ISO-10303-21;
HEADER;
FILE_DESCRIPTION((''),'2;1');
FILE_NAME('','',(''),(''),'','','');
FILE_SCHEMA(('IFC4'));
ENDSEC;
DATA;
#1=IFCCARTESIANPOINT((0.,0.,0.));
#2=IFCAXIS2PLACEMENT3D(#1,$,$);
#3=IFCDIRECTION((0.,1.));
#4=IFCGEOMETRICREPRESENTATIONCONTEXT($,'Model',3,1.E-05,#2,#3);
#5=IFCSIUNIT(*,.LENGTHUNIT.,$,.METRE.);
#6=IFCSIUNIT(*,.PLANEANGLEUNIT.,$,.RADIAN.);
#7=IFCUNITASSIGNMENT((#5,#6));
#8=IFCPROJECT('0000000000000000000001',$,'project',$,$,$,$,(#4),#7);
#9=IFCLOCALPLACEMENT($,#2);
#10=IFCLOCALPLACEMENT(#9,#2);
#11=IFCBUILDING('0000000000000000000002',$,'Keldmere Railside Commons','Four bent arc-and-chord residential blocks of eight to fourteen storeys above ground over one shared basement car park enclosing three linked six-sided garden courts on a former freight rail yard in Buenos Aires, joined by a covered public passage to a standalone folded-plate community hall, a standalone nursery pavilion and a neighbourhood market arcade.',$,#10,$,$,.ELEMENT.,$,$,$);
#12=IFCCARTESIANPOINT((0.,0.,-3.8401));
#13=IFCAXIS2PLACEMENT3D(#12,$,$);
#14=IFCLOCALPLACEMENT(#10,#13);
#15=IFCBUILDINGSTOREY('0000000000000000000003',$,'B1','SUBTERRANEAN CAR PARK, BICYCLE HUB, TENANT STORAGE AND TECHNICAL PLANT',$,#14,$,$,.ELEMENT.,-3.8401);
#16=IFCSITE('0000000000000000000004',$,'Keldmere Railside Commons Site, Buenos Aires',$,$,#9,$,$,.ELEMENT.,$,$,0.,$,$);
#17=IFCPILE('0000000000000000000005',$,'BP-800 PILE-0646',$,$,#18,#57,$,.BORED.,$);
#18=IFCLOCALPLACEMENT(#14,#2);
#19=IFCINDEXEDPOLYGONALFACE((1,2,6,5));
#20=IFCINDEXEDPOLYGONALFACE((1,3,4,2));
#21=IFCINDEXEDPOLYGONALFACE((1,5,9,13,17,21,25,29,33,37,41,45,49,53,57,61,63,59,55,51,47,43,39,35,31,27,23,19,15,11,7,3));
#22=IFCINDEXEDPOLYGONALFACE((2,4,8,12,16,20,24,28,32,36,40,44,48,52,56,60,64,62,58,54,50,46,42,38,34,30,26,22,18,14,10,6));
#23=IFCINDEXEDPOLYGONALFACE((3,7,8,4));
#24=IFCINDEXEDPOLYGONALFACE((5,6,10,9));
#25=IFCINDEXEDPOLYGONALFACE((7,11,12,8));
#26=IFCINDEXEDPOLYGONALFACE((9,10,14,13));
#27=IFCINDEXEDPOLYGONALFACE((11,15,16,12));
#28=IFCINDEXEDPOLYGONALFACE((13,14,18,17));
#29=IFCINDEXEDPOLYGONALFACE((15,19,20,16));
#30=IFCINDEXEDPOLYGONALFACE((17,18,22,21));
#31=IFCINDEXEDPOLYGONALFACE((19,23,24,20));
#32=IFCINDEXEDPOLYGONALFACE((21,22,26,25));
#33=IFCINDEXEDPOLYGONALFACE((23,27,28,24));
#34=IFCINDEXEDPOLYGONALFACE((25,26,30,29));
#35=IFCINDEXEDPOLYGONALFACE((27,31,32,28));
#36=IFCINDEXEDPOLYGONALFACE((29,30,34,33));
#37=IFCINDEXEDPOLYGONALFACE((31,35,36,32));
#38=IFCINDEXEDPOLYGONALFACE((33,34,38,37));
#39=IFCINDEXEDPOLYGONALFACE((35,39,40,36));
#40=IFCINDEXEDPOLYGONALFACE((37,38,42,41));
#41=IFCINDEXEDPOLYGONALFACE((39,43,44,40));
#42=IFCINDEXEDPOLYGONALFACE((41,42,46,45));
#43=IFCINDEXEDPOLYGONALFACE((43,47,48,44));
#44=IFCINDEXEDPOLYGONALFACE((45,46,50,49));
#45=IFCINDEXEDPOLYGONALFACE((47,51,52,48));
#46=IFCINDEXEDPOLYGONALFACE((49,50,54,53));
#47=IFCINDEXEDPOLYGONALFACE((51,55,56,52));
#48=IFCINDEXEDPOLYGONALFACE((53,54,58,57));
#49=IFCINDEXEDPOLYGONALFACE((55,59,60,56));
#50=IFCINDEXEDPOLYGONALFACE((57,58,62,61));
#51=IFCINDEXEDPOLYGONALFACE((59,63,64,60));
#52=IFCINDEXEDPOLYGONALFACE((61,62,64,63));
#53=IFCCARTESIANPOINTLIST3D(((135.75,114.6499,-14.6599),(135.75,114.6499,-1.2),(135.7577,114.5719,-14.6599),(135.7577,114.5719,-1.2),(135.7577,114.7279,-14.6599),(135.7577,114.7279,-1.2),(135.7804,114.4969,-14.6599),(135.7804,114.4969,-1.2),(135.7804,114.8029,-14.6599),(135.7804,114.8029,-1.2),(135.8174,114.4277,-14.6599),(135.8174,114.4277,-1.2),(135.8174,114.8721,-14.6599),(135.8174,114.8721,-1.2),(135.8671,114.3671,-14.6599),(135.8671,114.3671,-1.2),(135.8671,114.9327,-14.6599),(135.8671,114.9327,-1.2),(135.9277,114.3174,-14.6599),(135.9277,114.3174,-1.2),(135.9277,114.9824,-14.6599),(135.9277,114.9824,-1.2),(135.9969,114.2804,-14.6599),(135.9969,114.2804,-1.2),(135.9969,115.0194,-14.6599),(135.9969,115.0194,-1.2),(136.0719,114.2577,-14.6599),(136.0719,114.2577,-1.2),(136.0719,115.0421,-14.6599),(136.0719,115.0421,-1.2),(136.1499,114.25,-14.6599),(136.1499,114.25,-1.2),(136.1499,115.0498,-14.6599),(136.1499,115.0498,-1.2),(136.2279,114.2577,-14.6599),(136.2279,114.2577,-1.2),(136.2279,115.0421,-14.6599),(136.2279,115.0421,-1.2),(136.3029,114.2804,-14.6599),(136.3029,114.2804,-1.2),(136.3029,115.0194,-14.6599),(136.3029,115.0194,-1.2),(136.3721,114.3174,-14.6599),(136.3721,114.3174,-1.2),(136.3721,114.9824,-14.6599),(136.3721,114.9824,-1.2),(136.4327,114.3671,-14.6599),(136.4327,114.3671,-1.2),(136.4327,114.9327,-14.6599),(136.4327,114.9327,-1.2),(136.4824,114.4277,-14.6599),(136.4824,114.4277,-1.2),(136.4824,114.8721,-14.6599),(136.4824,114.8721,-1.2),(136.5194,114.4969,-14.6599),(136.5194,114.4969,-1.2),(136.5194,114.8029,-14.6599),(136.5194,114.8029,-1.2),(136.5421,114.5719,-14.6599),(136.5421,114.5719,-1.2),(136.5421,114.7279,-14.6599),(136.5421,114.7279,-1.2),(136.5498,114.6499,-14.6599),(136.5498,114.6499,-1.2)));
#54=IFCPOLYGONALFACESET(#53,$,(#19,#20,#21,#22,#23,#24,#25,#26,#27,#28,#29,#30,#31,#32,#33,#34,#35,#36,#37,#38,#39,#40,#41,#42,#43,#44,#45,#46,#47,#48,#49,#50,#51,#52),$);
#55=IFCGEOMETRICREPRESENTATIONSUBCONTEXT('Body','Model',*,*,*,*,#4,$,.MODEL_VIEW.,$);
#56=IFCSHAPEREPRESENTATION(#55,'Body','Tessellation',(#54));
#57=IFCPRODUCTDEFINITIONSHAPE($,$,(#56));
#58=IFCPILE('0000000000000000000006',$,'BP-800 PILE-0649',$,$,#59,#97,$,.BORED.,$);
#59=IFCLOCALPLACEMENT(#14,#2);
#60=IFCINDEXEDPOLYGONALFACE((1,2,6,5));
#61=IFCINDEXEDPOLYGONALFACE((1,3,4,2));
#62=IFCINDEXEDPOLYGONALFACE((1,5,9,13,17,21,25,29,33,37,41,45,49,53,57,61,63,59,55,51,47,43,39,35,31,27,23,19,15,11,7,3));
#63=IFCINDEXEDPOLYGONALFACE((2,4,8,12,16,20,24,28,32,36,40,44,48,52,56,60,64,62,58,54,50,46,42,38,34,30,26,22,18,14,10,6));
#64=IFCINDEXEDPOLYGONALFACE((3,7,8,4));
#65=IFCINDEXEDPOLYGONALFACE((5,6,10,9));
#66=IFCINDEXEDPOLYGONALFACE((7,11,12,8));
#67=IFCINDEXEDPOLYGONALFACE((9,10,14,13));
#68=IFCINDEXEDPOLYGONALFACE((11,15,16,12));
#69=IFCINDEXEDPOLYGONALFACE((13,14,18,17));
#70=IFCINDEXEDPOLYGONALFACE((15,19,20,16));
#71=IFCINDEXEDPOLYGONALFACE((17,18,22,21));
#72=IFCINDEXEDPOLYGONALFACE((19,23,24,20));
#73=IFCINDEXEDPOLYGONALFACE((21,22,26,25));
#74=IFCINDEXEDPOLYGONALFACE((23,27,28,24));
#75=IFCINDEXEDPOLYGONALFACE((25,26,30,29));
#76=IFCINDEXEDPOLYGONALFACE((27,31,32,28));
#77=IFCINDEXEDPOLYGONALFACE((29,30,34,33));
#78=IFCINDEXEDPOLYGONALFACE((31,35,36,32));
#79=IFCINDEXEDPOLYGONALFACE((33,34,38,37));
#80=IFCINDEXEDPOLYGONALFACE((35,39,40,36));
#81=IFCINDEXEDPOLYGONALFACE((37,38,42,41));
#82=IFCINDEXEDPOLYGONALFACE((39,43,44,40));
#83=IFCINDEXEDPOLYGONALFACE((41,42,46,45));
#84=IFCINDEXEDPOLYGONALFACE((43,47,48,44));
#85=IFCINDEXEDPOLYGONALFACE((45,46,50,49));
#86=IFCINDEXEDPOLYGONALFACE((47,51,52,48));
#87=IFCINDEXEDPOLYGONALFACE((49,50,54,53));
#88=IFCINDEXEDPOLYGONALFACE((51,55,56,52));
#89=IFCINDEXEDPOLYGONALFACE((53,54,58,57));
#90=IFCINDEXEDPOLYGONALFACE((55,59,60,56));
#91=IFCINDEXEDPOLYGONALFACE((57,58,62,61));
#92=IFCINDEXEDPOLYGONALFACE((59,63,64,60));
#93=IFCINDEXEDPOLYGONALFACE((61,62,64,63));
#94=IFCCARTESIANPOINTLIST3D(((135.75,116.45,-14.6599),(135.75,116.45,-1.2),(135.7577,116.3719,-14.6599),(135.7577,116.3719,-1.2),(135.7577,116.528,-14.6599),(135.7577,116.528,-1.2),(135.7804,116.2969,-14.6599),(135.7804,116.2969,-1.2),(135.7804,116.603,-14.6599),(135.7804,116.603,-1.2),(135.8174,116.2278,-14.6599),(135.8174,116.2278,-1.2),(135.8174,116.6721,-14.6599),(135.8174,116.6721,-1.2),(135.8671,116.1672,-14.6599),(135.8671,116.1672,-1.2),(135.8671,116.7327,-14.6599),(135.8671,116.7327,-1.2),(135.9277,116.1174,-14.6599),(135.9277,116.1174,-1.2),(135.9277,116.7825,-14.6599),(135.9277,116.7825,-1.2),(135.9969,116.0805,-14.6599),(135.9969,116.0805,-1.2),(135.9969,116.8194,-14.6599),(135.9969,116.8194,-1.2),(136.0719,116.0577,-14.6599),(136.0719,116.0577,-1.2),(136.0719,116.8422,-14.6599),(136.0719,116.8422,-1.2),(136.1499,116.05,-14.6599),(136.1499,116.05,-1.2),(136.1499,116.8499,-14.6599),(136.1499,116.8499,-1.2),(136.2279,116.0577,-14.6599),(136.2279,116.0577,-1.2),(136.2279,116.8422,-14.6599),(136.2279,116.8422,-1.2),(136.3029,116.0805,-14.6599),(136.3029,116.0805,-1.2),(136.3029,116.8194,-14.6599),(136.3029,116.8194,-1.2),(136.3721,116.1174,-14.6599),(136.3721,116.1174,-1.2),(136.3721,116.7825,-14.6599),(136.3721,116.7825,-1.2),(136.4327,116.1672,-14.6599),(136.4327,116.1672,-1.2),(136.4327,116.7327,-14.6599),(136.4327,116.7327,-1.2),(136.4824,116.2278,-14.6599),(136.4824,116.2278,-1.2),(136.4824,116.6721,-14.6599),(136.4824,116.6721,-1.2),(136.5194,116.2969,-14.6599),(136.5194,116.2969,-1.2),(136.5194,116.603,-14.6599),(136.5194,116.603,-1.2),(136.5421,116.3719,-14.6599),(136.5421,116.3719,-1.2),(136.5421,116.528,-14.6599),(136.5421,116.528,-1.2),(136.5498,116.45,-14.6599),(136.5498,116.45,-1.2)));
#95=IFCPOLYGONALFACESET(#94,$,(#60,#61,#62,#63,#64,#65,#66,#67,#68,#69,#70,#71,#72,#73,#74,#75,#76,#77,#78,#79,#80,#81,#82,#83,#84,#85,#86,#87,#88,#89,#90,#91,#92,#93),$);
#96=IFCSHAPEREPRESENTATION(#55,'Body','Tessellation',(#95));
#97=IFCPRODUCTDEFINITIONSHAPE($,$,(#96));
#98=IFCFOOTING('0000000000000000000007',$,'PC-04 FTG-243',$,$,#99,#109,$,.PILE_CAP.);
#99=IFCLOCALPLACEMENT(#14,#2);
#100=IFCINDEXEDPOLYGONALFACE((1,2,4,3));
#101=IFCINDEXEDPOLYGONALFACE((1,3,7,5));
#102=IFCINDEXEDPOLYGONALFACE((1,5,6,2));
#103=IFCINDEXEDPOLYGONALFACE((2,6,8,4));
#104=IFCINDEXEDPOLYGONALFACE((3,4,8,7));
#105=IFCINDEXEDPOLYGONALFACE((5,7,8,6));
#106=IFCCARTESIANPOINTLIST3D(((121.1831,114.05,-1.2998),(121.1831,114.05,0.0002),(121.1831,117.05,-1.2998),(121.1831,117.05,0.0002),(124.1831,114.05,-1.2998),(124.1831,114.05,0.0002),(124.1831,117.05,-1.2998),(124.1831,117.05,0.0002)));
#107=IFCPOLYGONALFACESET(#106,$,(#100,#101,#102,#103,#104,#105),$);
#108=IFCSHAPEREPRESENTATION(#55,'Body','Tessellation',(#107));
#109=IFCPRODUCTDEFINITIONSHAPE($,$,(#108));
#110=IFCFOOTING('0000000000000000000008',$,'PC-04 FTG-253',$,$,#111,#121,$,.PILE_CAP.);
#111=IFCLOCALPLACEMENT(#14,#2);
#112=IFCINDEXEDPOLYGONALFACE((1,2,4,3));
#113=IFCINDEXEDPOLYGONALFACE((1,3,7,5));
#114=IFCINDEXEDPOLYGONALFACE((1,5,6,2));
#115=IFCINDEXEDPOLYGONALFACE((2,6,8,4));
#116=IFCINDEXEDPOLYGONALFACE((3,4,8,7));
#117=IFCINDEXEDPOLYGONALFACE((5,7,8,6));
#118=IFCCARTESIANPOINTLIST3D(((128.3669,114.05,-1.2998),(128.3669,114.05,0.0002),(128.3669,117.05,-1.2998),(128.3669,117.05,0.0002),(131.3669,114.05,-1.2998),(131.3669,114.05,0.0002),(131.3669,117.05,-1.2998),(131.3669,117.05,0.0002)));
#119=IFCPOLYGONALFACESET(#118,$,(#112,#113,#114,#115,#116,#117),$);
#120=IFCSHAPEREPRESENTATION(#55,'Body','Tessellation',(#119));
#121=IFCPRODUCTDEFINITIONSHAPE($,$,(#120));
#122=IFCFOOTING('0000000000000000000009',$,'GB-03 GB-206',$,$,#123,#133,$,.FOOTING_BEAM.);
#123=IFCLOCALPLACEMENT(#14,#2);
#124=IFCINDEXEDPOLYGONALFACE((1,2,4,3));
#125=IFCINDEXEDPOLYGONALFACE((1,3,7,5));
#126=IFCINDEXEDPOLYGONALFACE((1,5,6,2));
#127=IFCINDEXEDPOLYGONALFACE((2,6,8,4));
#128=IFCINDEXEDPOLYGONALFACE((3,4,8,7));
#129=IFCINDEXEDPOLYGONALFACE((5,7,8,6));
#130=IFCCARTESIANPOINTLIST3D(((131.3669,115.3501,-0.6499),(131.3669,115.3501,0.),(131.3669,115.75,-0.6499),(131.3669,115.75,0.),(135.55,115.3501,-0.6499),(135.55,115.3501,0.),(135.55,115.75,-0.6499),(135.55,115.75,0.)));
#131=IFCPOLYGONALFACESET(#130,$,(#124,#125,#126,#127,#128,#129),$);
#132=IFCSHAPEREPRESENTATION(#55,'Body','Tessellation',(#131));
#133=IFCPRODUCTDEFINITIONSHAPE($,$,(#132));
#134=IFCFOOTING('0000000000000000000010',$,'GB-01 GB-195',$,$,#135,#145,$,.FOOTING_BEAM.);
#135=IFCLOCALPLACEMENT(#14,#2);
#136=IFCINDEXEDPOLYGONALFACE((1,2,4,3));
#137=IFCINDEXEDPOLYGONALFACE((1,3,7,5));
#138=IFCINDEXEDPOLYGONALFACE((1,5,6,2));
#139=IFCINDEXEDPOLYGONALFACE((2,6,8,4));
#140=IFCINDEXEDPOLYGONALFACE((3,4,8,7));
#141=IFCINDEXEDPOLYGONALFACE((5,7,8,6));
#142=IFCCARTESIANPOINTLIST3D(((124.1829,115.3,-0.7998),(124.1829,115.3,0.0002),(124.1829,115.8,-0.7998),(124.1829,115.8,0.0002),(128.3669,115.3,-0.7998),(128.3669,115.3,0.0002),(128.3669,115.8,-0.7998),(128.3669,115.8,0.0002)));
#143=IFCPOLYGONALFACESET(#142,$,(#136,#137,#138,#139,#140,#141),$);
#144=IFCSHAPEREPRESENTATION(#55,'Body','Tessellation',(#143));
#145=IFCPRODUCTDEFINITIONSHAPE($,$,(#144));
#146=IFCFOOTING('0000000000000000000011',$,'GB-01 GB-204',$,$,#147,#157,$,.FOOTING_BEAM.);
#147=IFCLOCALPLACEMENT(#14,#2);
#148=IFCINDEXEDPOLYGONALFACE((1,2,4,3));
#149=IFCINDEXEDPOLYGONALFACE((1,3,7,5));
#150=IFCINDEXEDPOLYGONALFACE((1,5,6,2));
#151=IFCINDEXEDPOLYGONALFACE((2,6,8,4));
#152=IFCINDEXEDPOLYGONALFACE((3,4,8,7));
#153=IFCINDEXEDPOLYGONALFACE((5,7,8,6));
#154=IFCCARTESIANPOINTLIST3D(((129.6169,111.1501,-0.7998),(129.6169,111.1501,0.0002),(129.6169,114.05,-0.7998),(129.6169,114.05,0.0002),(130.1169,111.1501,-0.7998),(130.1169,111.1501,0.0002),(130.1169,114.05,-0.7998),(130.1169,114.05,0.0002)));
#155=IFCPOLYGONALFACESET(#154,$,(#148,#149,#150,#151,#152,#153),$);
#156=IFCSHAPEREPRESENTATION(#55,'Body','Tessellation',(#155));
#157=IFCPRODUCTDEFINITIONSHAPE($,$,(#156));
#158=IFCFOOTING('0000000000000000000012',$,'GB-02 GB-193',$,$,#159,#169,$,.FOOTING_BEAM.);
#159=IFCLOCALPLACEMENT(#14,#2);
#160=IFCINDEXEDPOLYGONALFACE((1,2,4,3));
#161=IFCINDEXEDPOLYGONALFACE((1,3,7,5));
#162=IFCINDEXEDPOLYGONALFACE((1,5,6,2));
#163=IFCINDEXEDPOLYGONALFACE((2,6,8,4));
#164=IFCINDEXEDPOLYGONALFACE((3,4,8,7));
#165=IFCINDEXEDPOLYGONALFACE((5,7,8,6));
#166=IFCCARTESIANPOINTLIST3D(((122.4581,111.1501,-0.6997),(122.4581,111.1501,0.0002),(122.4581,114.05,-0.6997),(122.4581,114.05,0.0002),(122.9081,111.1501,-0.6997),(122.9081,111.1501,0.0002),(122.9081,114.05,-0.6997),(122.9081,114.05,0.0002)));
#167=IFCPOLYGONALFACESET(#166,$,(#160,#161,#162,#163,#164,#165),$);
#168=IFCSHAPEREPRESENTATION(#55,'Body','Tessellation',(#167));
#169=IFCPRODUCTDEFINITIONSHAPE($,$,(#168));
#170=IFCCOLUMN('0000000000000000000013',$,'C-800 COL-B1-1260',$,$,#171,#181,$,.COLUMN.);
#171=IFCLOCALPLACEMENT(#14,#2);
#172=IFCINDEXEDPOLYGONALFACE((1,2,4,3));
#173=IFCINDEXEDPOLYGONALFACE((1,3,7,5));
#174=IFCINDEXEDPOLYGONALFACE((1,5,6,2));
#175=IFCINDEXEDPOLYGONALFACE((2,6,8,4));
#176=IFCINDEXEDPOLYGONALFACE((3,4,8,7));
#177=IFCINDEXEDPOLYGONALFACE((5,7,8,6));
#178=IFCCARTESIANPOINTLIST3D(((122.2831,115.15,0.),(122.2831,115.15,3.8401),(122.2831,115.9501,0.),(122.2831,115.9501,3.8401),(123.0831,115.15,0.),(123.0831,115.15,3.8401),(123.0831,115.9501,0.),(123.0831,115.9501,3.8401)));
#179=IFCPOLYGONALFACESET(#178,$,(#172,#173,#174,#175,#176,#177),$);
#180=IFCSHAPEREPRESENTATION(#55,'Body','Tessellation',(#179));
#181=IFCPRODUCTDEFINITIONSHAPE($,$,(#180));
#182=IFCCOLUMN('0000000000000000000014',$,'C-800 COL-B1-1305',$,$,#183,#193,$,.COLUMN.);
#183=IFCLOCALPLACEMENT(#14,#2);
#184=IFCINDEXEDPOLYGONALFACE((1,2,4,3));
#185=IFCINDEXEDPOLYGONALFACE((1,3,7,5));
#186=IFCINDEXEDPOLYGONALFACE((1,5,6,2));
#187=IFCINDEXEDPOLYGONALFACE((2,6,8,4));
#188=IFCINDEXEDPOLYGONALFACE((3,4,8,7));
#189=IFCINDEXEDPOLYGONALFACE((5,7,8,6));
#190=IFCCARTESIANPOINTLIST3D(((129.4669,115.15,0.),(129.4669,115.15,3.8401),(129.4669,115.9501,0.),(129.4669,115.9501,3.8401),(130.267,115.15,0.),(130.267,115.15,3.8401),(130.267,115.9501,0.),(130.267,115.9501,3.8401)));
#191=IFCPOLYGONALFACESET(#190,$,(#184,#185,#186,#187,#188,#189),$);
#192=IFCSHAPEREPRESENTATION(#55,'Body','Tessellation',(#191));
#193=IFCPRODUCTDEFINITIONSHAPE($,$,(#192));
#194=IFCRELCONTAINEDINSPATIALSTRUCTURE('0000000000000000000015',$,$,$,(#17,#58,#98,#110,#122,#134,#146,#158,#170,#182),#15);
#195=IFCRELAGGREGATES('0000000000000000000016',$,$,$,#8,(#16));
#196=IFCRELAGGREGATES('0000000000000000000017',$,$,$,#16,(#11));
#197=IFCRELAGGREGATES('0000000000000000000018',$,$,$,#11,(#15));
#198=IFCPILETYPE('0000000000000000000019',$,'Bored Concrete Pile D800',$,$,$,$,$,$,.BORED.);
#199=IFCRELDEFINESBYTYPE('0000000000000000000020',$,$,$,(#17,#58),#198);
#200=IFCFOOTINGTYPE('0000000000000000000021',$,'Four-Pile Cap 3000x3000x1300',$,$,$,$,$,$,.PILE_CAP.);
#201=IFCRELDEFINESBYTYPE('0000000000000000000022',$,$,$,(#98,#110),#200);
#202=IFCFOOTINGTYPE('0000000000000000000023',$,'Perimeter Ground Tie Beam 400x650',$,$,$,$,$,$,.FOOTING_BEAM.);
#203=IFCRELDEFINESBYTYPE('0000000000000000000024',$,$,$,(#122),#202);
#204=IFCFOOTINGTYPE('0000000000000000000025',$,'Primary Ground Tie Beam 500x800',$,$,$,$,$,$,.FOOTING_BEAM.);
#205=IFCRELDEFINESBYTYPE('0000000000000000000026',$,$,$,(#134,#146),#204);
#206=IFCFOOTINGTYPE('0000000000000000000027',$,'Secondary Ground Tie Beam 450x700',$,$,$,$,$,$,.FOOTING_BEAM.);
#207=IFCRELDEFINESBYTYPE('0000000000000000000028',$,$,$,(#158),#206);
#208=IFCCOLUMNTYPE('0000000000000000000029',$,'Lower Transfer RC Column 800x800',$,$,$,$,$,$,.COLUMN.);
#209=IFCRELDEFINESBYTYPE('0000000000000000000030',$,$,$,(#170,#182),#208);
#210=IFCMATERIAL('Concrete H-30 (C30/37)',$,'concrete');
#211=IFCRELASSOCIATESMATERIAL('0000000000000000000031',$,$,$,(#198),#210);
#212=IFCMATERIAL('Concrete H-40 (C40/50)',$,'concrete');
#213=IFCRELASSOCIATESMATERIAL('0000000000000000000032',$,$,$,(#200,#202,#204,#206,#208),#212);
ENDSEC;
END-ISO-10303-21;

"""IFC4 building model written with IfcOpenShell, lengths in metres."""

from ifc_helpers import new_model, si_unit, direction, frame, origin, origin_2d, place, context, subcontext, project, spatial, rectangle, circle, extrude, material, material_profile, profile_set, type_object, element, save


model = new_model("IFC4")

# Units and contexts
model_context = context("Model", 3, precision=1e-05, world=origin(), true_north=direction((0.0, 1.0)))
body_context = subcontext(model_context, "Body", "Model", "MODEL_VIEW")
ifc_project = project(units=[si_unit("LENGTHUNIT", "METRE"), si_unit("PLANEANGLEUNIT", "RADIAN")], contexts=[model_context])

# Site, building, storey
site_placement = place(None, origin())
site = spatial("IfcSite", under=ifc_project, at=site_placement, Name="Keldmere Railside Commons Site, Buenos Aires", CompositionType="ELEMENT", RefElevation=0.0)
building_placement = place(site_placement, origin())
building = spatial("IfcBuilding", under=site, at=building_placement, Name="Keldmere Railside Commons", Description="Four bent arc-and-chord residential blocks of eight to fourteen storeys above ground over one shared basement car park enclosing three linked six-sided garden courts on a former freight rail yard in Buenos Aires, joined by a covered public passage to a standalone folded-plate community hall, a standalone nursery pavilion and a neighbourhood market arcade.", CompositionType="ELEMENT")
storey_placement = place(building_placement, frame((0.0, 0.0, -3.8401)))
storey = spatial("IfcBuildingStorey", under=building, at=storey_placement, Name="B1", Description="SUBTERRANEAN CAR PARK, BICYCLE HUB, TENANT STORAGE AND TECHNICAL PLANT", CompositionType="ELEMENT", Elevation=-3.8401)

# Piles
ifc_material_1 = material(Name="Concrete H-30 (C30/37)", Category="concrete")
ifc_material_profile_1 = material_profile(ifc_material_1, circle(Radius=0.3999, at=origin_2d()), Name="PILE-D800")
ifc_profile_set_1 = profile_set([ifc_material_profile_1], Name="Concrete H-30 (C30/37)")
pile_type = type_object("IfcPileType", Name="Bored Concrete Pile D800", PredefinedType="BORED", material=ifc_profile_set_1)
for number, where, z_axis, x_axis, name in (
    (1, (136.1499, 114.6499, -1.2), (0.0, 0.0, -1.0), (1.0, 0.0, 0.0), "BP-800 PILE-0646"),
    (2, (136.1499, 116.45, -1.2), (0.0, 0.0, -1.0), (1.0, 0.0, 0.0), "BP-800 PILE-0649"),
):
    element("IfcPile", number, at=place(storey_placement, frame(where, z_axis=z_axis, x_axis=x_axis)), inside=storey, type_object=pile_type, Name=name, PredefinedType="BORED", context=body_context, shape_type="SweptSolid", body=[
        extrude(circle(Radius=0.3999, at=origin_2d()), origin(), (0.0, 0.0, 1.0), 13.46),
    ])

# Footings
ifc_material_2 = material(Name="Concrete H-40 (C40/50)", Category="concrete")
footing_type_1 = type_object("IfcFootingType", Name="Four-Pile Cap 3000x3000x1300", PredefinedType="PILE_CAP", material=ifc_material_2)
for number, where, z_axis, x_axis, name in (
    (3, (122.6831, 115.55, -1.2998), (0.0, 0.0, 1.0), (1.0, 0.0, 0.0), "PC-04 FTG-243"),
    (4, (129.8669, 115.55, -1.2998), (0.0, 0.0, 1.0), (1.0, 0.0, 0.0), "PC-04 FTG-253"),
):
    element("IfcFooting", number, at=place(storey_placement, frame(where, z_axis=z_axis, x_axis=x_axis)), inside=storey, type_object=footing_type_1, Name=name, PredefinedType="PILE_CAP", context=body_context, shape_type="SweptSolid", body=[
        extrude(rectangle(XDim=3.0, YDim=3.0, at=origin_2d()), origin(), (0.0, 0.0, 1.0), 1.3),
    ])
footing_type_2 = type_object("IfcFootingType", Name="Perimeter Ground Tie Beam 400x650", PredefinedType="FOOTING_BEAM", material=ifc_material_2)
footing_1_placement = place(storey_placement, frame((133.4585, 115.55, -0.6499), z_axis=(0.0, 0.0, 1.0), x_axis=(1.0, 0.0, 0.0)))
element("IfcFooting", 5, at=footing_1_placement, inside=storey, type_object=footing_type_2, Name="GB-03 GB-206", PredefinedType="FOOTING_BEAM", context=body_context, shape_type="SweptSolid", body=[
    extrude(rectangle(XDim=4.1831, YDim=0.3999, at=origin_2d()), origin(), (0.0, 0.0, 1.0), 0.6499),
])
footing_type_3 = type_object("IfcFootingType", Name="Primary Ground Tie Beam 500x800", PredefinedType="FOOTING_BEAM", material=ifc_material_2)
footing_2_placement = place(storey_placement, frame((126.2749, 115.55, -0.7998), z_axis=(0.0, 0.0, 1.0), x_axis=(1.0, 0.0, 0.0)))
element("IfcFooting", 6, at=footing_2_placement, inside=storey, type_object=footing_type_3, Name="GB-01 GB-195", PredefinedType="FOOTING_BEAM", context=body_context, shape_type="SweptSolid", body=[
    extrude(rectangle(XDim=4.1841, YDim=0.5, at=origin_2d()), origin(), (0.0, 0.0, 1.0), 0.8),
])
footing_3_placement = place(storey_placement, frame((129.8669, 112.6001, -0.7998), z_axis=(0.0, 0.0, 1.0), x_axis=(0.0, 1.0, 0.0)))
element("IfcFooting", 7, at=footing_3_placement, inside=storey, type_object=footing_type_3, Name="GB-01 GB-204", PredefinedType="FOOTING_BEAM", context=body_context, shape_type="SweptSolid", body=[
    extrude(rectangle(XDim=2.8999, YDim=0.5, at=origin_2d()), origin(), (0.0, 0.0, 1.0), 0.8),
])
footing_type_4 = type_object("IfcFootingType", Name="Secondary Ground Tie Beam 450x700", PredefinedType="FOOTING_BEAM", material=ifc_material_2)
footing_4_placement = place(storey_placement, frame((122.6831, 112.6001, -0.6997), z_axis=(0.0, 0.0, 1.0), x_axis=(0.0, 1.0, 0.0)))
element("IfcFooting", 8, at=footing_4_placement, inside=storey, type_object=footing_type_4, Name="GB-02 GB-193", PredefinedType="FOOTING_BEAM", context=body_context, shape_type="SweptSolid", body=[
    extrude(rectangle(XDim=2.8999, YDim=0.45, at=origin_2d()), origin(), (0.0, 0.0, 1.0), 0.7),
])

# Columns
ifc_material_profile_2 = material_profile(ifc_material_2, rectangle(XDim=0.8, YDim=0.8, at=origin_2d()), Name="RC-800x800")
ifc_profile_set_2 = profile_set([ifc_material_profile_2], Name="Concrete H-40 (C40/50)")
column_type = type_object("IfcColumnType", Name="Lower Transfer RC Column 800x800", PredefinedType="COLUMN", material=ifc_profile_set_2)
for number, where, z_axis, x_axis, name in (
    (9, (122.6831, 115.55, 0.0), (0.0, 0.0, 1.0), (1.0, 0.0, 0.0), "C-800 COL-B1-1260"),
    (10, (129.8669, 115.55, 0.0), (0.0, 0.0, 1.0), (1.0, 0.0, 0.0), "C-800 COL-B1-1305"),
):
    element("IfcColumn", number, at=place(storey_placement, frame(where, z_axis=z_axis, x_axis=x_axis)), inside=storey, type_object=column_type, Name=name, PredefinedType="COLUMN", context=body_context, shape_type="SweptSolid", body=[
        extrude(rectangle(XDim=0.8, YDim=0.8, at=origin_2d()), origin(), (0.0, 0.0, 1.0), 3.8401),
    ])

save(model, "model.ifc")
